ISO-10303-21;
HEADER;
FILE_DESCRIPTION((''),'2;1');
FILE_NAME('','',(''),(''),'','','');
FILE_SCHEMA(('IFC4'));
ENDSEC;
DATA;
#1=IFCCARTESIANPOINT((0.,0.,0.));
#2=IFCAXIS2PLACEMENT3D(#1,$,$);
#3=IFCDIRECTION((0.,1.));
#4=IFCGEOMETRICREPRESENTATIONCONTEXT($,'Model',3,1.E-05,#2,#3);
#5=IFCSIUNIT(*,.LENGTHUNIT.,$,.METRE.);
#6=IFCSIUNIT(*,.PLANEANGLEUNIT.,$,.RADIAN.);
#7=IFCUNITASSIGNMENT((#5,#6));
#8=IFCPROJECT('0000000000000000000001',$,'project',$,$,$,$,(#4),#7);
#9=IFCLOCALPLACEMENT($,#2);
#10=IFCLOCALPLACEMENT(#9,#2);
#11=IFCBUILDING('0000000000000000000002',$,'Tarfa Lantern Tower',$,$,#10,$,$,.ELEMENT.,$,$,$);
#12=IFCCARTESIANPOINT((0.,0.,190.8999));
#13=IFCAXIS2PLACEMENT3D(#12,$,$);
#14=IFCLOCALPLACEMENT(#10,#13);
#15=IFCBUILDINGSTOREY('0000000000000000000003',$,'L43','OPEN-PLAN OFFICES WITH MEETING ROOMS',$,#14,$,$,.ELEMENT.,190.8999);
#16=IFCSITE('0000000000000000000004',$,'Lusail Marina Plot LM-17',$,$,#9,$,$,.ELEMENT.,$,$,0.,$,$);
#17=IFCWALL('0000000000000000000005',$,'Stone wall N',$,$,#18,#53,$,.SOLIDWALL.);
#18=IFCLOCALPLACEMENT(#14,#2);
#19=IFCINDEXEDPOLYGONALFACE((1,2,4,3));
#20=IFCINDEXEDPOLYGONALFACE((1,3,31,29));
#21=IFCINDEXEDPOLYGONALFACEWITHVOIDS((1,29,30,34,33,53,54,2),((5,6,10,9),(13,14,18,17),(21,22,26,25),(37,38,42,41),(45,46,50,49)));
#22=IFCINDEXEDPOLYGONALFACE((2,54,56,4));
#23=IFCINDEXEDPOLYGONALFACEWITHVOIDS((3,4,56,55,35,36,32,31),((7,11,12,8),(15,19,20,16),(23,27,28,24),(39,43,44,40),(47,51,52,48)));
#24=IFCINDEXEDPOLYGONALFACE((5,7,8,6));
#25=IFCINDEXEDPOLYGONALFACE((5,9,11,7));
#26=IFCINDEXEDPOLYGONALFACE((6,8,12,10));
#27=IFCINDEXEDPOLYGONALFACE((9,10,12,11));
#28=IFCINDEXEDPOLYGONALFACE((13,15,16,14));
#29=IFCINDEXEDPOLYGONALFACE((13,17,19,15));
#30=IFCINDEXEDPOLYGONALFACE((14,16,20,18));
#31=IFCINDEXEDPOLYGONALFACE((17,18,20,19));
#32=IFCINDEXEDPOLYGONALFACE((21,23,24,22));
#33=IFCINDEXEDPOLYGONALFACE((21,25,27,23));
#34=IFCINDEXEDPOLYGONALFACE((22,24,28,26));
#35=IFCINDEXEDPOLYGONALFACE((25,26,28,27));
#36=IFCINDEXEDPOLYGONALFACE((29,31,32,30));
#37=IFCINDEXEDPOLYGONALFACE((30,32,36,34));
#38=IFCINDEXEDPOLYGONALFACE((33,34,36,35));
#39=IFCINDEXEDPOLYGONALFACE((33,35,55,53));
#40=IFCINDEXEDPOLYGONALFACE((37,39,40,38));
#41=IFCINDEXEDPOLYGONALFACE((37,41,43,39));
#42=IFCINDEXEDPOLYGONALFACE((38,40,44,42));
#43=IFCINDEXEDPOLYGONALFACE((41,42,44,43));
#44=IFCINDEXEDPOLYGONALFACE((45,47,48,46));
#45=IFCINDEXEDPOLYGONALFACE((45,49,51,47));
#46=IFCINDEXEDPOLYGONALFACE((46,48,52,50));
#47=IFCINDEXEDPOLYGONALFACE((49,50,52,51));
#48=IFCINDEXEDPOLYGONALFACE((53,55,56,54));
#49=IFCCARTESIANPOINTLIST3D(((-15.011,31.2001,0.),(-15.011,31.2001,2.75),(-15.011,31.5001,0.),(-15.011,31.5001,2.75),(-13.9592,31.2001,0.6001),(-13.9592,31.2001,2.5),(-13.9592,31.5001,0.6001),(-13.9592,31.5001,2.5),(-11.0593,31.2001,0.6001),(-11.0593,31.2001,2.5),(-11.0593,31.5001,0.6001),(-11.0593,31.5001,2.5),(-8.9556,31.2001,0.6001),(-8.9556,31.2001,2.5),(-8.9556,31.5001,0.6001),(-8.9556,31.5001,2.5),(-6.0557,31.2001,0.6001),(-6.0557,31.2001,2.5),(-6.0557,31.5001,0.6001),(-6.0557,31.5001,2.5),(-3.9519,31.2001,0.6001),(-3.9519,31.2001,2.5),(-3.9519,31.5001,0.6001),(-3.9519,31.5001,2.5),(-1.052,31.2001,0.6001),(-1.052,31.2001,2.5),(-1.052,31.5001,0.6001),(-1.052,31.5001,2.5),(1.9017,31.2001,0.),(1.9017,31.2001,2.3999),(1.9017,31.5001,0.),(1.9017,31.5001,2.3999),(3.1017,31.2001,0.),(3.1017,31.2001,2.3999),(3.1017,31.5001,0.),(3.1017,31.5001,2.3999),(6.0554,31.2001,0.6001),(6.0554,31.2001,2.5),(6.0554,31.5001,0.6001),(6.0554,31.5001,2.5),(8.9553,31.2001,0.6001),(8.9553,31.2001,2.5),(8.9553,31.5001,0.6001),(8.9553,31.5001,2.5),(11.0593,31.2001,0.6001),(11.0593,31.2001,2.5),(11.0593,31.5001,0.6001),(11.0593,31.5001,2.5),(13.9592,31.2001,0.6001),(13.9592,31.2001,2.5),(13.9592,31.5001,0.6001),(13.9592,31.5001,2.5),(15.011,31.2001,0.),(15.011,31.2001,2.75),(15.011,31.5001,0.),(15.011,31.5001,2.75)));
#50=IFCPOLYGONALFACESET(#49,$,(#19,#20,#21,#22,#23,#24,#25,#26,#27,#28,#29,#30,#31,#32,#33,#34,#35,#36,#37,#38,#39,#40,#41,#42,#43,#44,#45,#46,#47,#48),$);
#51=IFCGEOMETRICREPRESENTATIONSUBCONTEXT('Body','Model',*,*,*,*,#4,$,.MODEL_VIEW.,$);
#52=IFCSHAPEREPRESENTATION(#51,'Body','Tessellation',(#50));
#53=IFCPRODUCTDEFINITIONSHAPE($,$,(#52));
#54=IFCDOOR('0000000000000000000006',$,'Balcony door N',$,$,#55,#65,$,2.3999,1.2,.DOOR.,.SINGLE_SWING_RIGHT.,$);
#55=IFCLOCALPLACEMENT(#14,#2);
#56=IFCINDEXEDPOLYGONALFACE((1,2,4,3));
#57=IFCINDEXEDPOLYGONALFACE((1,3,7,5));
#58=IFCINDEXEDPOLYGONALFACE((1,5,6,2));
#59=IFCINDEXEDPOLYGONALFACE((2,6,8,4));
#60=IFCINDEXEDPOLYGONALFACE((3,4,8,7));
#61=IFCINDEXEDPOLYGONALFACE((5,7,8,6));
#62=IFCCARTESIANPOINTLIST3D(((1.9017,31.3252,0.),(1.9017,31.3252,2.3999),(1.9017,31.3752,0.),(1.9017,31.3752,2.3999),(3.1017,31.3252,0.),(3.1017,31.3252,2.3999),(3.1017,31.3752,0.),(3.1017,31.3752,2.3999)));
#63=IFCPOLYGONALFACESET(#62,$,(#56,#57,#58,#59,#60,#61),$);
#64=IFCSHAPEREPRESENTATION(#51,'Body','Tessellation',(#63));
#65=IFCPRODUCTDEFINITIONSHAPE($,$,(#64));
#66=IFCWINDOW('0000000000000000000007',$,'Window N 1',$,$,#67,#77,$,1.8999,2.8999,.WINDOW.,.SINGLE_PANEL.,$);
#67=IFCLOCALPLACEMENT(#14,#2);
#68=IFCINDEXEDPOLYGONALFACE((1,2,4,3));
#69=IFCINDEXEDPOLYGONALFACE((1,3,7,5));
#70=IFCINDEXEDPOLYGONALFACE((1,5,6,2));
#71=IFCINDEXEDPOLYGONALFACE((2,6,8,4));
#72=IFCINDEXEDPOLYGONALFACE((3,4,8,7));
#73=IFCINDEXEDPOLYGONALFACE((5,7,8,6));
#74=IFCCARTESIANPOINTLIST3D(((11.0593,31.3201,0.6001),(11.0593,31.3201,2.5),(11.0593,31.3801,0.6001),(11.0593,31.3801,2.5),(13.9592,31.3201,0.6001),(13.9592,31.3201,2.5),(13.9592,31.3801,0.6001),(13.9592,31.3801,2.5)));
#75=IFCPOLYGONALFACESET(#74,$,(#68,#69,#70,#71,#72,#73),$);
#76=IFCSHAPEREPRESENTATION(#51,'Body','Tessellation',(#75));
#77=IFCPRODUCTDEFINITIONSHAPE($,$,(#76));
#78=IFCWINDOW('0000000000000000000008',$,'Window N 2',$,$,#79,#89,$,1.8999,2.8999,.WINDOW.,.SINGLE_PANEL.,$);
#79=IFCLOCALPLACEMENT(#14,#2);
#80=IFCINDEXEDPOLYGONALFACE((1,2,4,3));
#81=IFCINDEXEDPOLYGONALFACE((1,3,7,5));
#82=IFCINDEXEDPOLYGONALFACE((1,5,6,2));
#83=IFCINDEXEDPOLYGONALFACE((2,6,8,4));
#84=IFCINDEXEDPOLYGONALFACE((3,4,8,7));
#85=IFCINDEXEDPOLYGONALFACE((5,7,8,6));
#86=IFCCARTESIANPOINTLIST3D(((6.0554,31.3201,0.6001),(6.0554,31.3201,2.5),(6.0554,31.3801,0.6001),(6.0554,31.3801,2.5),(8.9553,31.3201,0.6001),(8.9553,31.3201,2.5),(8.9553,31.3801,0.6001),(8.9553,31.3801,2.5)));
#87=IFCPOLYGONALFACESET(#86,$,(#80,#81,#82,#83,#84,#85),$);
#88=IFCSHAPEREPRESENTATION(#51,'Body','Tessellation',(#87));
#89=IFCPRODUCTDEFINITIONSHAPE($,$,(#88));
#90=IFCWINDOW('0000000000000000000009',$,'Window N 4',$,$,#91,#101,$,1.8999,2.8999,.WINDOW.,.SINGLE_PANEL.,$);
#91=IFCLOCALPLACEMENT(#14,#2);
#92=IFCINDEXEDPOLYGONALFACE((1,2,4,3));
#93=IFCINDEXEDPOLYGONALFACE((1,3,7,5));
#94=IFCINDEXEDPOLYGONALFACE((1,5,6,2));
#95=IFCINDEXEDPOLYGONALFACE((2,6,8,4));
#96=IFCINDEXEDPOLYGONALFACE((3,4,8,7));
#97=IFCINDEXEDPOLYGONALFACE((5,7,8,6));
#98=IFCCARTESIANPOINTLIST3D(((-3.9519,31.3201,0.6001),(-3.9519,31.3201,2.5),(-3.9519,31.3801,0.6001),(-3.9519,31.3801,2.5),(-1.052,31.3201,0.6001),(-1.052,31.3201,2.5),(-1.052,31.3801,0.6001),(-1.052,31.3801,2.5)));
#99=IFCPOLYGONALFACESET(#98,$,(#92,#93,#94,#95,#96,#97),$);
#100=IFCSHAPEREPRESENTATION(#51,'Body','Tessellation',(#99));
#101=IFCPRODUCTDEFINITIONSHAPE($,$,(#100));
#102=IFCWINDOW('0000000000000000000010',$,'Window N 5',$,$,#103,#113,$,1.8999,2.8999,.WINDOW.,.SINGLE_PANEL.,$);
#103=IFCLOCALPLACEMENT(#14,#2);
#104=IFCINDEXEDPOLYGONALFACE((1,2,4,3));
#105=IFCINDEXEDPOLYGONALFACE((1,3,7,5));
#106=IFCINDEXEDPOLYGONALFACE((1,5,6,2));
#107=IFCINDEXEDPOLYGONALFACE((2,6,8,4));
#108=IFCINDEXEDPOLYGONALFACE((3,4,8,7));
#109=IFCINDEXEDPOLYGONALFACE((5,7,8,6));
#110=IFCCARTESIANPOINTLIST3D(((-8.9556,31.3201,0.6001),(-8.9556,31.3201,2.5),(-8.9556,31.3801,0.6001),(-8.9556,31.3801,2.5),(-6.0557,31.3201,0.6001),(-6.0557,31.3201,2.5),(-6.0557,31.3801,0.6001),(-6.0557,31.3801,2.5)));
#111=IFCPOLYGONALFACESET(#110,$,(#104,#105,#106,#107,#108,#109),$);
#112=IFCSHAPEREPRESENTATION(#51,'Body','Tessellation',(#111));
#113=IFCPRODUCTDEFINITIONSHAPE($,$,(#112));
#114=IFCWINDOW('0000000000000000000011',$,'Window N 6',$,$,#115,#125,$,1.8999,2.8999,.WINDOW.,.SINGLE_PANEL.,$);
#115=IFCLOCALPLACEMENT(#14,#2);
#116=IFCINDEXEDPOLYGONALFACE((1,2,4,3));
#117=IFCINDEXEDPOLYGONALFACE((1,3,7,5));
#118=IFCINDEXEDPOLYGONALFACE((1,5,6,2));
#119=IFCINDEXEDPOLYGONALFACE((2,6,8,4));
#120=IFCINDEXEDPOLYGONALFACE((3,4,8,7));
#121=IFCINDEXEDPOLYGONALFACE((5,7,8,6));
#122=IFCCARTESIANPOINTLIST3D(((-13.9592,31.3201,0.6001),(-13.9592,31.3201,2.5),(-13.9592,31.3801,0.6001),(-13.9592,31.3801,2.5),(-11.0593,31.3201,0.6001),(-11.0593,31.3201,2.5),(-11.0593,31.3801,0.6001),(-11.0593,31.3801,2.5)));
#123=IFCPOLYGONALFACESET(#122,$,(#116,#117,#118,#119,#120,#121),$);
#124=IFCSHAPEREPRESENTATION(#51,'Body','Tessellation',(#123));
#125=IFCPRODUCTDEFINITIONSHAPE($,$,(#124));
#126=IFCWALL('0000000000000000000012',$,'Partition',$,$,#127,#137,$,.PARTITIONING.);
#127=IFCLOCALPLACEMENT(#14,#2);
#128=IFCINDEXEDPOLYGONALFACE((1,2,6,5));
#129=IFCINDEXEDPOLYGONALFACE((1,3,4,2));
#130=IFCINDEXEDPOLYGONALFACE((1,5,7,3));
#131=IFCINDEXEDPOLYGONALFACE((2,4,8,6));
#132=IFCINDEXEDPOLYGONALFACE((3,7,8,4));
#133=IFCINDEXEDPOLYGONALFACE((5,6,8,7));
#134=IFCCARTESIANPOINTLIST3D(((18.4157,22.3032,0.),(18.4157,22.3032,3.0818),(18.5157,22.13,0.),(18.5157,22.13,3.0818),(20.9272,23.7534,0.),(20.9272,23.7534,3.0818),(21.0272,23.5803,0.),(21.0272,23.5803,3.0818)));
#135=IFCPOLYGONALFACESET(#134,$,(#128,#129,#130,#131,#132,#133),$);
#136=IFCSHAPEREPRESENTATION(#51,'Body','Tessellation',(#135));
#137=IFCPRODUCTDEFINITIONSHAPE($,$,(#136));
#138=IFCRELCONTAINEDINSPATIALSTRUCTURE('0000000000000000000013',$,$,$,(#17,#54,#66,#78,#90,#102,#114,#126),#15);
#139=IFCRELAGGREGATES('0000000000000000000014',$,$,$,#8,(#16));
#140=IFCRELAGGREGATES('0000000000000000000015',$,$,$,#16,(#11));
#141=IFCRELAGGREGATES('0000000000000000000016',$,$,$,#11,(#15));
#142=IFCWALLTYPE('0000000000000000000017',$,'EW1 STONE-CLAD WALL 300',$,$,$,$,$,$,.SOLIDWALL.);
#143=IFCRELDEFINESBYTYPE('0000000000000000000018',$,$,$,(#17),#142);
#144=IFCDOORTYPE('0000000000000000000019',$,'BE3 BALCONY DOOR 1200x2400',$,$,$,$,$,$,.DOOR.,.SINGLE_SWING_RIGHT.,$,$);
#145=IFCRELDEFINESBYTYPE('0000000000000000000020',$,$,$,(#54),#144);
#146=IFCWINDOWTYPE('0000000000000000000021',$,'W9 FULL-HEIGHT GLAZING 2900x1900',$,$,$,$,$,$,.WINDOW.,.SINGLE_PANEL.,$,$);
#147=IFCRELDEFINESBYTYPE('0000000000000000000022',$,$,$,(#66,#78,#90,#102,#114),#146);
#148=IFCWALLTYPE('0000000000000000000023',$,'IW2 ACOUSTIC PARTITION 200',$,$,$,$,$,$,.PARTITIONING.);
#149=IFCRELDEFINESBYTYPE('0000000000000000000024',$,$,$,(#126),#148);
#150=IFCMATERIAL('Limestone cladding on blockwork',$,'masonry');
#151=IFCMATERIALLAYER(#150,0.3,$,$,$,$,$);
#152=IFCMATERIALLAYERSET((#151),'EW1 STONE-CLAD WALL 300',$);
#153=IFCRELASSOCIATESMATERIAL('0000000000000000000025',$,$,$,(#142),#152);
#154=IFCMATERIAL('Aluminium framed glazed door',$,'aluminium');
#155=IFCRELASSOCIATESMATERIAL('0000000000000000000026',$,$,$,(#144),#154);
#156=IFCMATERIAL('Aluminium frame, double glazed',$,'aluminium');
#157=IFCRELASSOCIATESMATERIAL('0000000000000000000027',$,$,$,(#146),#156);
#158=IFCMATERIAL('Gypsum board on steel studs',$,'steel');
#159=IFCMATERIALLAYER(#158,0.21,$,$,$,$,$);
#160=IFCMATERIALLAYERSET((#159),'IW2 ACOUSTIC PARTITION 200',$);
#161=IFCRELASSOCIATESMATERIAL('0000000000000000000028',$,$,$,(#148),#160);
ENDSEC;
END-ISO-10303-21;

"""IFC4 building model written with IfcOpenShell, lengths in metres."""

from ifc_helpers import new_model, si_unit, direction, frame, frame_2d, origin, place, context, subcontext, project, spatial, rectangle, extrude, material, layer, layer_set, type_object, element, fill, save


model = new_model("IFC4")

# Units and contexts
model_context = context("Model", 3, precision=1e-05, world=origin(), true_north=direction((0.0, 1.0)))
body_context = subcontext(model_context, "Body", "Model", "MODEL_VIEW")
ifc_project = project(units=[si_unit("LENGTHUNIT", "METRE"), si_unit("PLANEANGLEUNIT", "RADIAN")], contexts=[model_context])

# Site, building, storey
site_placement = place(None, origin())
site = spatial("IfcSite", under=ifc_project, at=site_placement, Name="Lusail Marina Plot LM-17", CompositionType="ELEMENT", RefElevation=0.0)
building_placement = place(site_placement, origin())
building = spatial("IfcBuilding", under=site, at=building_placement, Name="Tarfa Lantern Tower", CompositionType="ELEMENT")
storey_placement = place(building_placement, frame((0.0, 0.0, 190.8999)))
storey = spatial("IfcBuildingStorey", under=building, at=storey_placement, Name="L43", Description="OPEN-PLAN OFFICES WITH MEETING ROOMS", CompositionType="ELEMENT", Elevation=190.8999)

# Wall, openings, door, windows
ifc_material_1 = material(Name="Limestone cladding on blockwork", Category="masonry")
ifc_layer_1 = layer(ifc_material_1, 0.3)
ifc_layer_set_1 = layer_set([ifc_layer_1], Name="EW1 STONE-CLAD WALL 300")
wall_type_1 = type_object("IfcWallType", Name="EW1 STONE-CLAD WALL 300", PredefinedType="SOLIDWALL", material=ifc_layer_set_1)
wall_1_placement = place(storey_placement, frame((15.011, 31.3501, 0.0), z_axis=(0.0, 0.0, 1.0), x_axis=(-1.0, 0.0, 0.0)))
wall_1 = element("IfcWall", 1, at=wall_1_placement, inside=storey, type_object=wall_type_1, Name="Stone wall N", PredefinedType="SOLIDWALL", context=body_context, shape_type="SweptSolid", body=[
    extrude(rectangle(XDim=30.022, YDim=0.3, at=frame_2d((15.011, 0.0))), origin(), (0.0, 0.0, 1.0), 2.75),
])
opening_1_placement = place(wall_1_placement, frame((1.0518, 0.0, 0.6001)))
opening_1 = element("IfcOpeningElement", 2, at=opening_1_placement, cuts=wall_1, PredefinedType="OPENING", context=body_context, shape_type="SweptSolid", body=[
    extrude(rectangle(XDim=2.8999, YDim=1.8999, at=frame_2d((1.45, 0.95))), frame((0.0, 0.1599, 0.0), z_axis=(0.0, -1.0, 0.0), x_axis=(1.0, 0.0, 0.0)), (0.0, 0.0, 1.0), 0.3201),
])
opening_2_placement = place(wall_1_placement, frame((6.0557, 0.0, 0.6001)))
opening_2 = element("IfcOpeningElement", 3, at=opening_2_placement, cuts=wall_1, PredefinedType="OPENING", context=body_context, shape_type="SweptSolid", body=[
    extrude(rectangle(XDim=2.8999, YDim=1.8999, at=frame_2d((1.45, 0.95))), frame((0.0, 0.1599, 0.0), z_axis=(0.0, -1.0, 0.0), x_axis=(1.0, 0.0, 0.0)), (0.0, 0.0, 1.0), 0.3201),
])
opening_3_placement = place(wall_1_placement, frame((11.9092, 0.0, 0.0)))
opening_3 = element("IfcOpeningElement", 4, at=opening_3_placement, cuts=wall_1, PredefinedType="OPENING", context=body_context, shape_type="SweptSolid", body=[
    extrude(rectangle(XDim=1.2, YDim=2.3999, at=frame_2d((0.6001, 1.2))), frame((0.0, 0.1599, 0.0), z_axis=(0.0, -1.0, 0.0), x_axis=(1.0, 0.0, 0.0)), (0.0, 0.0, 1.0), 0.3201),
])
opening_4_placement = place(wall_1_placement, frame((16.063, 0.0, 0.6001)))
opening_4 = element("IfcOpeningElement", 5, at=opening_4_placement, cuts=wall_1, PredefinedType="OPENING", context=body_context, shape_type="SweptSolid", body=[
    extrude(rectangle(XDim=2.8999, YDim=1.8999, at=frame_2d((1.45, 0.95))), frame((0.0, 0.1599, 0.0), z_axis=(0.0, -1.0, 0.0), x_axis=(1.0, 0.0, 0.0)), (0.0, 0.0, 1.0), 0.3201),
])
opening_5_placement = place(wall_1_placement, frame((21.0667, 0.0, 0.6001)))
opening_5 = element("IfcOpeningElement", 6, at=opening_5_placement, cuts=wall_1, PredefinedType="OPENING", context=body_context, shape_type="SweptSolid", body=[
    extrude(rectangle(XDim=2.8999, YDim=1.8999, at=frame_2d((1.45, 0.95))), frame((0.0, 0.1599, 0.0), z_axis=(0.0, -1.0, 0.0), x_axis=(1.0, 0.0, 0.0)), (0.0, 0.0, 1.0), 0.3201),
])
opening_6_placement = place(wall_1_placement, frame((26.0703, 0.0, 0.6001)))
opening_6 = element("IfcOpeningElement", 7, at=opening_6_placement, cuts=wall_1, PredefinedType="OPENING", context=body_context, shape_type="SweptSolid", body=[
    extrude(rectangle(XDim=2.8999, YDim=1.8999, at=frame_2d((1.45, 0.95))), frame((0.0, 0.1599, 0.0), z_axis=(0.0, -1.0, 0.0), x_axis=(1.0, 0.0, 0.0)), (0.0, 0.0, 1.0), 0.3201),
])
ifc_material_2 = material(Name="Aluminium framed glazed door", Category="aluminium")
door_type = type_object("IfcDoorType", Name="BE3 BALCONY DOOR 1200x2400", OperationType="SINGLE_SWING_RIGHT", PredefinedType="DOOR", material=ifc_material_2)
door_placement = place(opening_3_placement, origin())
door = element("IfcDoor", 8, at=door_placement, inside=storey, type_object=door_type, Name="Balcony door N", OperationType="SINGLE_SWING_RIGHT", OverallHeight=2.3999, OverallWidth=1.2, PredefinedType="DOOR", context=body_context, shape_type="SweptSolid", body=[
    extrude(rectangle(XDim=1.2, YDim=2.3999, at=frame_2d((0.6001, 1.2))), frame((0.0, 0.0249, 0.0), z_axis=(0.0, -1.0, 0.0), x_axis=(1.0, 0.0, 0.0)), (0.0, 0.0, 1.0), 0.05),
])
fill(opening_3, door)
ifc_material_3 = material(Name="Aluminium frame, double glazed", Category="aluminium")
window_type = type_object("IfcWindowType", Name="W9 FULL-HEIGHT GLAZING 2900x1900", PartitioningType="SINGLE_PANEL", PredefinedType="WINDOW", material=ifc_material_3)
window_1_placement = place(opening_1_placement, origin())
window_1 = element("IfcWindow", 9, at=window_1_placement, inside=storey, type_object=window_type, Name="Window N 1", OverallHeight=1.8999, OverallWidth=2.8999, PartitioningType="SINGLE_PANEL", PredefinedType="WINDOW", context=body_context, shape_type="SweptSolid", body=[
    extrude(rectangle(XDim=2.8999, YDim=1.8999, at=frame_2d((1.45, 0.95))), frame((0.0, 0.03, 0.0), z_axis=(0.0, -1.0, 0.0), x_axis=(1.0, 0.0, 0.0)), (0.0, 0.0, 1.0), 0.0601),
])
fill(opening_1, window_1)
window_2_placement = place(opening_2_placement, origin())
window_2 = element("IfcWindow", 10, at=window_2_placement, inside=storey, type_object=window_type, Name="Window N 2", OverallHeight=1.8999, OverallWidth=2.8999, PartitioningType="SINGLE_PANEL", PredefinedType="WINDOW", context=body_context, shape_type="SweptSolid", body=[
    extrude(rectangle(XDim=2.8999, YDim=1.8999, at=frame_2d((1.45, 0.95))), frame((0.0, 0.03, 0.0), z_axis=(0.0, -1.0, 0.0), x_axis=(1.0, 0.0, 0.0)), (0.0, 0.0, 1.0), 0.0601),
])
fill(opening_2, window_2)
window_3_placement = place(opening_4_placement, origin())
window_3 = element("IfcWindow", 11, at=window_3_placement, inside=storey, type_object=window_type, Name="Window N 4", OverallHeight=1.8999, OverallWidth=2.8999, PartitioningType="SINGLE_PANEL", PredefinedType="WINDOW", context=body_context, shape_type="SweptSolid", body=[
    extrude(rectangle(XDim=2.8999, YDim=1.8999, at=frame_2d((1.45, 0.95))), frame((0.0, 0.03, 0.0), z_axis=(0.0, -1.0, 0.0), x_axis=(1.0, 0.0, 0.0)), (0.0, 0.0, 1.0), 0.0601),
])
fill(opening_4, window_3)
window_4_placement = place(opening_5_placement, origin())
window_4 = element("IfcWindow", 12, at=window_4_placement, inside=storey, type_object=window_type, Name="Window N 5", OverallHeight=1.8999, OverallWidth=2.8999, PartitioningType="SINGLE_PANEL", PredefinedType="WINDOW", context=body_context, shape_type="SweptSolid", body=[
    extrude(rectangle(XDim=2.8999, YDim=1.8999, at=frame_2d((1.45, 0.95))), frame((0.0, 0.03, 0.0), z_axis=(0.0, -1.0, 0.0), x_axis=(1.0, 0.0, 0.0)), (0.0, 0.0, 1.0), 0.0601),
])
fill(opening_5, window_4)
window_5_placement = place(opening_6_placement, origin())
window_5 = element("IfcWindow", 13, at=window_5_placement, inside=storey, type_object=window_type, Name="Window N 6", OverallHeight=1.8999, OverallWidth=2.8999, PartitioningType="SINGLE_PANEL", PredefinedType="WINDOW", context=body_context, shape_type="SweptSolid", body=[
    extrude(rectangle(XDim=2.8999, YDim=1.8999, at=frame_2d((1.45, 0.95))), frame((0.0, 0.03, 0.0), z_axis=(0.0, -1.0, 0.0), x_axis=(1.0, 0.0, 0.0)), (0.0, 0.0, 1.0), 0.0601),
])
fill(opening_6, window_5)

# Wall
ifc_material_4 = material(Name="Gypsum board on steel studs", Category="steel")
ifc_layer_2 = layer(ifc_material_4, 0.21)
ifc_layer_set_2 = layer_set([ifc_layer_2], Name="IW2 ACOUSTIC PARTITION 200")
wall_type_2 = type_object("IfcWallType", Name="IW2 ACOUSTIC PARTITION 200", PredefinedType="PARTITIONING", material=ifc_layer_set_2)
wall_2_placement = place(storey_placement, frame((18.4656, 22.2166, 0.0), z_axis=(0.0, 0.0, 1.0), x_axis=(0.865996, 0.50005, 0.0)))
element("IfcWall", 14, at=wall_2_placement, inside=storey, type_object=wall_type_2, Name="Partition", PredefinedType="PARTITIONING", context=body_context, shape_type="SweptSolid", body=[
    extrude(rectangle(XDim=2.9001, YDim=0.2, at=frame_2d((1.4502, 0.0))), origin(), (0.0, 0.0, 1.0), 3.0818),
])

save(model, "model.ifc")
